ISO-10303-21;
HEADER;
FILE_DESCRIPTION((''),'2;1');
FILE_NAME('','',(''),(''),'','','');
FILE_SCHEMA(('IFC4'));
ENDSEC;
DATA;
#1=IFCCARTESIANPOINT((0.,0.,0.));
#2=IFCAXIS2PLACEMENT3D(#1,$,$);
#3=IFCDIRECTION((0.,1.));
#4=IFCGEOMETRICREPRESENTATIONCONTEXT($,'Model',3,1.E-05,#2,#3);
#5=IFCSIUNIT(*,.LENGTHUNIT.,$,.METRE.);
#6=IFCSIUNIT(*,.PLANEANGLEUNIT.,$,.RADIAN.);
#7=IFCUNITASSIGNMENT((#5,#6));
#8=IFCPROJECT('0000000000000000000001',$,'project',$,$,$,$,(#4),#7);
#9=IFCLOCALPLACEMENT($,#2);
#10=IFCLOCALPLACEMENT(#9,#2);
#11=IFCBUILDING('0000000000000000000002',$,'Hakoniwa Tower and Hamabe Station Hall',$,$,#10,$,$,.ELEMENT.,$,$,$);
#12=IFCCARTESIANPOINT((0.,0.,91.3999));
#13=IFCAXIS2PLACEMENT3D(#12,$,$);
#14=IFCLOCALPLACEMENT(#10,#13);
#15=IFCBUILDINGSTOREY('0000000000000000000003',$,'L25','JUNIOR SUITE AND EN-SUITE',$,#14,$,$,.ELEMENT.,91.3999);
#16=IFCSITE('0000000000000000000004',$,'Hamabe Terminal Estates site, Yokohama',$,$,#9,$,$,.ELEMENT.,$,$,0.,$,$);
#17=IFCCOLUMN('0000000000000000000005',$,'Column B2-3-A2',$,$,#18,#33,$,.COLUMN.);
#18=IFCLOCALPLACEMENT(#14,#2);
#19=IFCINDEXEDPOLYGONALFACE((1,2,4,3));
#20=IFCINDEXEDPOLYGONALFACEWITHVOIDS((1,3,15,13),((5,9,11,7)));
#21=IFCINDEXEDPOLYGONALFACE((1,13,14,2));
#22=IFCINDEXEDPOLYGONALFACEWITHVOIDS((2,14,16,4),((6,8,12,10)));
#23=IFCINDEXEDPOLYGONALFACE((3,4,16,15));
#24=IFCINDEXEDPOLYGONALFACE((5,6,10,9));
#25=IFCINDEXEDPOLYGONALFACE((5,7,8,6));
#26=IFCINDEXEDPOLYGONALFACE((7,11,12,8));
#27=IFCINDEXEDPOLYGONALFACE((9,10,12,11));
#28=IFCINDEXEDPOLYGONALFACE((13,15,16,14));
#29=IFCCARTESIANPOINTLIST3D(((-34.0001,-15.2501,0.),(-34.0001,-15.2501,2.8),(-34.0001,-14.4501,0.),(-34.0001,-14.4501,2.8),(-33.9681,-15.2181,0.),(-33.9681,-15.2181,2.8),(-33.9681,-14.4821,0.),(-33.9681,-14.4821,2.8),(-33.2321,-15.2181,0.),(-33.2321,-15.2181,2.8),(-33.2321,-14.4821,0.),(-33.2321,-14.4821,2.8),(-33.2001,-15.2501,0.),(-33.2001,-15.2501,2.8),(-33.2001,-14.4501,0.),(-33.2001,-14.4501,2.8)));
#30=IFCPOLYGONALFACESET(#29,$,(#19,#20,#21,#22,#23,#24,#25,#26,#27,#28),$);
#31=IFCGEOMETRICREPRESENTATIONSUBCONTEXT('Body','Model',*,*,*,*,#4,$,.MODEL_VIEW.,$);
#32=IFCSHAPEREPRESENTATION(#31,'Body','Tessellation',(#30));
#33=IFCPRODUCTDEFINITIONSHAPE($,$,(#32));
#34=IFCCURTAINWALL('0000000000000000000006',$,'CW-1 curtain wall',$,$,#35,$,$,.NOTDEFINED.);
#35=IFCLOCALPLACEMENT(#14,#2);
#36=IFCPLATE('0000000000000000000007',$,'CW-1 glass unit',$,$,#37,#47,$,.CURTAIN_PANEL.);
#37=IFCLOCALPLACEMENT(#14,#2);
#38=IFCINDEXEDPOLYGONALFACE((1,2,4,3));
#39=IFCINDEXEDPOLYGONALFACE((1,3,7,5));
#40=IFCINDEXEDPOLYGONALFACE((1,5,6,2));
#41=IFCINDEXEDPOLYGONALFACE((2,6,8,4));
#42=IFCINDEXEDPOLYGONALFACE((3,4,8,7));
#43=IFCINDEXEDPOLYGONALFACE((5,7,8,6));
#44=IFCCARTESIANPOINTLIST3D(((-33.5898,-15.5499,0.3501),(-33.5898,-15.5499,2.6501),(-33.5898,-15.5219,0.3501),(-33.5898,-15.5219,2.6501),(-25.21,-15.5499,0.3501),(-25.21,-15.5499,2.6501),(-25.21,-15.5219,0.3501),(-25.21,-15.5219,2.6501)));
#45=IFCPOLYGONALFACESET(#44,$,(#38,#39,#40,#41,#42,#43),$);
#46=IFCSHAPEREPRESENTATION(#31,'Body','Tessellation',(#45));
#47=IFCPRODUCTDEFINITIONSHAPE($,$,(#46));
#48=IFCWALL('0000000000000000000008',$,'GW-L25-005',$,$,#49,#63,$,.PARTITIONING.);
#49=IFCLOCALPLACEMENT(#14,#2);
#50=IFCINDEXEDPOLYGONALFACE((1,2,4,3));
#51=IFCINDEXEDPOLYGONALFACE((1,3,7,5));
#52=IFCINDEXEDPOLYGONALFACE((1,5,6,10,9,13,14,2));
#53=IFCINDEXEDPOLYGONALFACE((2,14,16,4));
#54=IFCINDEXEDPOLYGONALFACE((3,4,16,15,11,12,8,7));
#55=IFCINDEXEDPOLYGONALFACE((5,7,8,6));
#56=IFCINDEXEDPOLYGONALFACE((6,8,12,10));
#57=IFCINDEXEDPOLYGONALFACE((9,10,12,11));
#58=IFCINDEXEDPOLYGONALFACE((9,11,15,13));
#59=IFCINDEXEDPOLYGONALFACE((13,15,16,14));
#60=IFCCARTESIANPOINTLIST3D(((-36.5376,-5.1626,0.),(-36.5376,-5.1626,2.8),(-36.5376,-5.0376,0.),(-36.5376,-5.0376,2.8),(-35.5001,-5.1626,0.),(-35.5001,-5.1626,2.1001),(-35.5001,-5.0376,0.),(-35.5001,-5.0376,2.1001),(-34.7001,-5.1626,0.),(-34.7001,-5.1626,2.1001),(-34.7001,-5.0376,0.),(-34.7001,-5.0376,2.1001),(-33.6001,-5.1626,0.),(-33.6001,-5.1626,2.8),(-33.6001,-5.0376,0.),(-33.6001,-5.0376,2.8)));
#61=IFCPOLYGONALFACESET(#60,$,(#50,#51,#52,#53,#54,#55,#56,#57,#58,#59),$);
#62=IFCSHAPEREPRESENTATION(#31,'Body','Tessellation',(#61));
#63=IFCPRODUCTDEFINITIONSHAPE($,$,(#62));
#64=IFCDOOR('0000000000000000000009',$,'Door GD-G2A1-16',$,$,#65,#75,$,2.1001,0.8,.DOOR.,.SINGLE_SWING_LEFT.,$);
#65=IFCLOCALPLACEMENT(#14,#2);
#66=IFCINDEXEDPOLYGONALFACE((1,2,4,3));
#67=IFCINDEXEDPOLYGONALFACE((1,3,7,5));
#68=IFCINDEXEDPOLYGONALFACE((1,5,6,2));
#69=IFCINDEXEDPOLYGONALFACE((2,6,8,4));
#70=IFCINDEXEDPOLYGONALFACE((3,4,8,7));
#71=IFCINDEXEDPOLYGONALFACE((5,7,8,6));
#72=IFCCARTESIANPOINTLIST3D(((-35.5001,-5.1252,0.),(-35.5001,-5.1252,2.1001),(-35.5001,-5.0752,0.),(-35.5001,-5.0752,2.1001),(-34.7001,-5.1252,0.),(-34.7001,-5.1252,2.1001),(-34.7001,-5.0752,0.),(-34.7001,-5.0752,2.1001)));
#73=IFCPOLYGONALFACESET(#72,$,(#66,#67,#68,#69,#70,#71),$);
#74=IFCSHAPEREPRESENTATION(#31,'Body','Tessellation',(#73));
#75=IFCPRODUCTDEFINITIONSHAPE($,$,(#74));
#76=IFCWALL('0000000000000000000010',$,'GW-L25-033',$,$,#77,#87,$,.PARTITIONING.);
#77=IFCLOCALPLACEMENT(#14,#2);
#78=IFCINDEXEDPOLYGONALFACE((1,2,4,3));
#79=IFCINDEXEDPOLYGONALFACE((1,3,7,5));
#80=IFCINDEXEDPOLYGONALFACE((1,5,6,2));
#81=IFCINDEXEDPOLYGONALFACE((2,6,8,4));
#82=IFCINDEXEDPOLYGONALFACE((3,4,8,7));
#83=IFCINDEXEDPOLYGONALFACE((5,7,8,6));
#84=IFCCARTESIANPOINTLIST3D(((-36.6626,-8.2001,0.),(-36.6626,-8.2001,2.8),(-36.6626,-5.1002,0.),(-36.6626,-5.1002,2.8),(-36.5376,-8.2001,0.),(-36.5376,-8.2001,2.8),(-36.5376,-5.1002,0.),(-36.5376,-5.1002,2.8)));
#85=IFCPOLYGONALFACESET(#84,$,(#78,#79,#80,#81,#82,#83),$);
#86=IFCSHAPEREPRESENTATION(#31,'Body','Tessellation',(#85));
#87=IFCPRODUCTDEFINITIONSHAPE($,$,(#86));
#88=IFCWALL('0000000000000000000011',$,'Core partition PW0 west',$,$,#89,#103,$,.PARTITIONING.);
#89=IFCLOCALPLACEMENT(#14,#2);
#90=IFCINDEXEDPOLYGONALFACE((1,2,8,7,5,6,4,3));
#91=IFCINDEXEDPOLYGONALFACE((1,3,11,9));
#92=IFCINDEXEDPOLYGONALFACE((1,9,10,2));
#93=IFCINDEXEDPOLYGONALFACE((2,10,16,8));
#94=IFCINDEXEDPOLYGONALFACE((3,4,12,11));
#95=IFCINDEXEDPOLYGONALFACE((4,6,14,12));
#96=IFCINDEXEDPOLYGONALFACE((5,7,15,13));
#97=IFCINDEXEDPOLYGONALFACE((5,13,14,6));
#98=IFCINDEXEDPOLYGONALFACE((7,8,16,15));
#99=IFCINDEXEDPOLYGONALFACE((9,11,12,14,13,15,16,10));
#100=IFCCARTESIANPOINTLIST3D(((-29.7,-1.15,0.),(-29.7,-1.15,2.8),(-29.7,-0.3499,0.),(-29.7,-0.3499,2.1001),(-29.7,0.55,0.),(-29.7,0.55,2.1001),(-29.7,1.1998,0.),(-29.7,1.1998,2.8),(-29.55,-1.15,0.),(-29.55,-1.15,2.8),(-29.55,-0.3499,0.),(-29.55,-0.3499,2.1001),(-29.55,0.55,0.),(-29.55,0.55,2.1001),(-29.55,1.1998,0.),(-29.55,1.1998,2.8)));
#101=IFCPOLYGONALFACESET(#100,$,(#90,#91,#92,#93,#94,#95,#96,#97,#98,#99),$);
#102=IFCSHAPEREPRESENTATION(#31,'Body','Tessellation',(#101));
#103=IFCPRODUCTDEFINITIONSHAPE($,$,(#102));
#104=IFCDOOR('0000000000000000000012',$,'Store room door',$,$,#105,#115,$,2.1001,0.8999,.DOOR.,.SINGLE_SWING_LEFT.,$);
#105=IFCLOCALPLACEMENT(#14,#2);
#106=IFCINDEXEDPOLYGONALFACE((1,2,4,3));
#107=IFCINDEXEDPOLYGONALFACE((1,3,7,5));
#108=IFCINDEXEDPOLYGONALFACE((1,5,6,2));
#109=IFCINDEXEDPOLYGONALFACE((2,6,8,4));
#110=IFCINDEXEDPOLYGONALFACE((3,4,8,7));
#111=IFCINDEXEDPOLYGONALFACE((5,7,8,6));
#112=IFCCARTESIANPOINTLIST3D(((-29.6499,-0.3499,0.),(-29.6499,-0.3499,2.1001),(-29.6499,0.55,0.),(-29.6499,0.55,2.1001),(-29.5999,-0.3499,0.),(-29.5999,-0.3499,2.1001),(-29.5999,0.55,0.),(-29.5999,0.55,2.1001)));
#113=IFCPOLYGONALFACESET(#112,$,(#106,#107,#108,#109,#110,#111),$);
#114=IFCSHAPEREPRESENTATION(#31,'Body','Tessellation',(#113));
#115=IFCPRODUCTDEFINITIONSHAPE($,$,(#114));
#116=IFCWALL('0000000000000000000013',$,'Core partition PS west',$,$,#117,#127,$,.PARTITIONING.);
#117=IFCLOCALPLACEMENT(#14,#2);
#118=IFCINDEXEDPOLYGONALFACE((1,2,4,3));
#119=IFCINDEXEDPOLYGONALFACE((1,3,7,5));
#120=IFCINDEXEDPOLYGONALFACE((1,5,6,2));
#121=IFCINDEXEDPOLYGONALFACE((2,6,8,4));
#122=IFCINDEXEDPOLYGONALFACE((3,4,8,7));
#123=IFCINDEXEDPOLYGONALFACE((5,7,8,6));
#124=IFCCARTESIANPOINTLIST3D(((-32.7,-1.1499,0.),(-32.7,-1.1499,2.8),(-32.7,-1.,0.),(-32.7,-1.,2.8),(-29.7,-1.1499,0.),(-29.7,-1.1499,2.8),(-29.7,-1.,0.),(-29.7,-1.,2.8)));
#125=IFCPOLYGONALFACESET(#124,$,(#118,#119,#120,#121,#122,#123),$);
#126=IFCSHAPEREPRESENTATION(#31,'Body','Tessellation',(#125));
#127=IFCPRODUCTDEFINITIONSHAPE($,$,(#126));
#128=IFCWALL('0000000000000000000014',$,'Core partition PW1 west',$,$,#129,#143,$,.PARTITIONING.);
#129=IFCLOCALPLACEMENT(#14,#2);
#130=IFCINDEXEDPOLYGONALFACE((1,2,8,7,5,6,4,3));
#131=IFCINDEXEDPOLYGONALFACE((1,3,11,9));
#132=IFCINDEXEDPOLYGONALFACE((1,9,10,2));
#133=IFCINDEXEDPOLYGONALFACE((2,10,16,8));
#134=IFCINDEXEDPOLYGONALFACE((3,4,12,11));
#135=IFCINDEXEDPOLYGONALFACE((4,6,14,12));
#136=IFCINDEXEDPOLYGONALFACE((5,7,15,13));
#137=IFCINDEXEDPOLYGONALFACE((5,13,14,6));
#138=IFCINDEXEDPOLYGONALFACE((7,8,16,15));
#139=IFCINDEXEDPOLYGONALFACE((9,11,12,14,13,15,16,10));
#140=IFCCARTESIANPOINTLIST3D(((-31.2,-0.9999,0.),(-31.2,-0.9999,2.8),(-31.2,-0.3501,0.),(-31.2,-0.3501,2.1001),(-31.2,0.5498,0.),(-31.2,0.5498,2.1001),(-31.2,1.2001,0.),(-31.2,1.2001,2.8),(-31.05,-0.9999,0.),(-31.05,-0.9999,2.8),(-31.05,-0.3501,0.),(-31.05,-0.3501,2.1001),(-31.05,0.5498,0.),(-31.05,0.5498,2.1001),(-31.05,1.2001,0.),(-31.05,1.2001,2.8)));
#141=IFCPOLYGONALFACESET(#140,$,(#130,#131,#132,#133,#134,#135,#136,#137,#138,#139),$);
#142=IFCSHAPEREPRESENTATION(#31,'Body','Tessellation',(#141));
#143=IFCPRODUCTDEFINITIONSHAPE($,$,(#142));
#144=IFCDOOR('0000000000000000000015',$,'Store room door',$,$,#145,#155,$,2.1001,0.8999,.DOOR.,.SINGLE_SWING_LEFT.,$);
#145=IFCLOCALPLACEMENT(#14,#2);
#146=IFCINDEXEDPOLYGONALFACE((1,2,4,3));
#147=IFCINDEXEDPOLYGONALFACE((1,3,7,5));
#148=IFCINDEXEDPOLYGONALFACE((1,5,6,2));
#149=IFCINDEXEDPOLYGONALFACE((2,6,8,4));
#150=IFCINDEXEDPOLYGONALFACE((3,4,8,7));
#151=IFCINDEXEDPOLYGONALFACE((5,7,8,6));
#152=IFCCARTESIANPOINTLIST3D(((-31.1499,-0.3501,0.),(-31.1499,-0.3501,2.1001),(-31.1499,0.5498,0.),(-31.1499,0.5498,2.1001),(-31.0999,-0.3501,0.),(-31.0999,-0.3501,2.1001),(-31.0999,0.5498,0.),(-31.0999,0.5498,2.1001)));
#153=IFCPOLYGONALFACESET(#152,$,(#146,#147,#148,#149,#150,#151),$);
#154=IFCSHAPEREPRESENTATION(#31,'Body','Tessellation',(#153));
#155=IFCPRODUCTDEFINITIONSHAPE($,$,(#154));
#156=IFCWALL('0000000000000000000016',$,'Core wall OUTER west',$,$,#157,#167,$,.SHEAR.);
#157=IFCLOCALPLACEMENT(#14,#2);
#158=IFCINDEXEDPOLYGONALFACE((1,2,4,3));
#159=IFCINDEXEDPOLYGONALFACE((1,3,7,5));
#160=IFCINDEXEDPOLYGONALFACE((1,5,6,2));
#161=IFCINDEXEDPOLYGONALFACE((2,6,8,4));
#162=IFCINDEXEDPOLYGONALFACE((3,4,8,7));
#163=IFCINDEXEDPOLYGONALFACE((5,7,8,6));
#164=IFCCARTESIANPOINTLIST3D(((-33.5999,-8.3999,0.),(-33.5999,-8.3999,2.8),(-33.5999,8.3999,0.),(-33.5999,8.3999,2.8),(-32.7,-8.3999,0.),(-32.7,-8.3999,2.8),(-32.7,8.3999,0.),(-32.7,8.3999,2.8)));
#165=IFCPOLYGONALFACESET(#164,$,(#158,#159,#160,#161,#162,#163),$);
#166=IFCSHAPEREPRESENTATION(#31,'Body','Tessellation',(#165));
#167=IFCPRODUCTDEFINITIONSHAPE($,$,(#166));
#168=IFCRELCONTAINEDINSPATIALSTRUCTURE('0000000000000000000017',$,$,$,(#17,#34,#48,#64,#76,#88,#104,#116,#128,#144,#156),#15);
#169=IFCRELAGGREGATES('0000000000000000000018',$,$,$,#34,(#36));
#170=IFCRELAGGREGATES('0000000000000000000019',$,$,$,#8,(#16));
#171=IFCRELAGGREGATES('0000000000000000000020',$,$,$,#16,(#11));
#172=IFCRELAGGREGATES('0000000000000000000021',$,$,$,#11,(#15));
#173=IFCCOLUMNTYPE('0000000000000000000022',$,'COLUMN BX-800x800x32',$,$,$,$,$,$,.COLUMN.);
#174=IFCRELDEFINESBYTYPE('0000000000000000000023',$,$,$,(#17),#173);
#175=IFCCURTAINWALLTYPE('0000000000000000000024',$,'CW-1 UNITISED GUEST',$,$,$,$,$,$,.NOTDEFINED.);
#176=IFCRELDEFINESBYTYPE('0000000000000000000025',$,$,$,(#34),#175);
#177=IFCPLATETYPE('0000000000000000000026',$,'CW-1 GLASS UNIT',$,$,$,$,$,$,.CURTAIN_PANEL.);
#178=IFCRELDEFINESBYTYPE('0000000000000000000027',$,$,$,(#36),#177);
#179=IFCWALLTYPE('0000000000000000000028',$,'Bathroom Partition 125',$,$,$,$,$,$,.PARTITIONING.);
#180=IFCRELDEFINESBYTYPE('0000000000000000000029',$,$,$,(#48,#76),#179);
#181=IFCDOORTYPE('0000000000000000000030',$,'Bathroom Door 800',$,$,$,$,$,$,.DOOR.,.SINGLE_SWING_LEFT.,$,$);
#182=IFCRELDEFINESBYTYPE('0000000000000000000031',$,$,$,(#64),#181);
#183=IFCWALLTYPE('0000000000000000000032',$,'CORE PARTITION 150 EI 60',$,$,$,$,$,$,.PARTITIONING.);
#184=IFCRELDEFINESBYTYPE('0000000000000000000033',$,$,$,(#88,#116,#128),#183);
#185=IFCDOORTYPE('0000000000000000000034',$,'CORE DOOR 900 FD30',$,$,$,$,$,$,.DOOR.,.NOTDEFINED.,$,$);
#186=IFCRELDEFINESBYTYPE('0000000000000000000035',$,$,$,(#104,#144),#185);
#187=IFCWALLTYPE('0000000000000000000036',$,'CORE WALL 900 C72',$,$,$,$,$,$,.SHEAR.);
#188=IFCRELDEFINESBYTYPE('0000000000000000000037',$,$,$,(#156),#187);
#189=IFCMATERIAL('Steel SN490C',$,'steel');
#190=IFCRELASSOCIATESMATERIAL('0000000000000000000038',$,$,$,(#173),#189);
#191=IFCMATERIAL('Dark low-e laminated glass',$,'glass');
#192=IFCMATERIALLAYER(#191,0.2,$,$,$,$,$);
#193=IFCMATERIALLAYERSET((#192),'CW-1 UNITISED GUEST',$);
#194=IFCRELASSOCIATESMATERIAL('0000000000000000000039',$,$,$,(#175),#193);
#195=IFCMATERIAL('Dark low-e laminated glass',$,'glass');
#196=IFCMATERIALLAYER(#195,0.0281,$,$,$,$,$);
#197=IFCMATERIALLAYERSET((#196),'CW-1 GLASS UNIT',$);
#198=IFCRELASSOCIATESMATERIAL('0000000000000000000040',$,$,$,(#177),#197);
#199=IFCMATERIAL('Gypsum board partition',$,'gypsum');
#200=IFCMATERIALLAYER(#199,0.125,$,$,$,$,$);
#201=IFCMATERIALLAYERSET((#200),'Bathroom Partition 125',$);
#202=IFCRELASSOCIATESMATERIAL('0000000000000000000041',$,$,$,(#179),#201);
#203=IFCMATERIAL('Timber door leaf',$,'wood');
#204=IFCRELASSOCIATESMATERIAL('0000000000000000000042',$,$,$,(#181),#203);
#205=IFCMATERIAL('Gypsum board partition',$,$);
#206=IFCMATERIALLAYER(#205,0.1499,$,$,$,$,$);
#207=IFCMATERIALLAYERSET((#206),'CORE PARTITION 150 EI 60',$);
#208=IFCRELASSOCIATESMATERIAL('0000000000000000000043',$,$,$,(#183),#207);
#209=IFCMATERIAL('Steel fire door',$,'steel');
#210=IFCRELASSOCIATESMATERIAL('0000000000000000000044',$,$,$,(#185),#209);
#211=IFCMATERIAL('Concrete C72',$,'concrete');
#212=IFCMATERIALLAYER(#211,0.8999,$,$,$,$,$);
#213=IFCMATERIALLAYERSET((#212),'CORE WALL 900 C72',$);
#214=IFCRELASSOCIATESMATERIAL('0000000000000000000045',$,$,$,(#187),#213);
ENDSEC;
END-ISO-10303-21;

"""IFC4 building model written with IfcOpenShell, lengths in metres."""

from ifc_helpers import new_model, si_unit, direction, frame, frame_2d, origin, origin_2d, place, context, subcontext, project, spatial, rectangle, hollow_rectangle, extrude, material, layer, layer_set, material_profile, profile_set, type_object, element, fill, aggregate, save


model = new_model("IFC4")

# Units and contexts
model_context = context("Model", 3, precision=1e-05, world=origin(), true_north=direction((0.0, 1.0)))
body_context = subcontext(model_context, "Body", "Model", "MODEL_VIEW")
ifc_project = project(units=[si_unit("LENGTHUNIT", "METRE"), si_unit("PLANEANGLEUNIT", "RADIAN")], contexts=[model_context])

# Site, building, storey
site_placement = place(None, origin())
site = spatial("IfcSite", under=ifc_project, at=site_placement, Name="Hamabe Terminal Estates site, Yokohama", CompositionType="ELEMENT", RefElevation=0.0)
building_placement = place(site_placement, origin())
building = spatial("IfcBuilding", under=site, at=building_placement, Name="Hakoniwa Tower and Hamabe Station Hall", CompositionType="ELEMENT")
storey_placement = place(building_placement, frame((0.0, 0.0, 91.3999)))
storey = spatial("IfcBuildingStorey", under=building, at=storey_placement, Name="L25", Description="JUNIOR SUITE AND EN-SUITE", CompositionType="ELEMENT", Elevation=91.3999)

# Column
ifc_material_1 = material(Name="Steel SN490C", Category="steel")
ifc_material_profile = material_profile(ifc_material_1, hollow_rectangle(XDim=0.8, YDim=0.8, WallThickness=0.032, at=origin_2d()), Name="BX-800x800x32")
ifc_profile_set = profile_set([ifc_material_profile], Name="Steel SN490C")
column_type = type_object("IfcColumnType", Name="COLUMN BX-800x800x32", PredefinedType="COLUMN", material=ifc_profile_set)
column_placement = place(storey_placement, frame((-33.6001, -14.8501, 0.0), z_axis=(0.0, 0.0, 1.0), x_axis=(1.0, 0.0, 0.0)))
element("IfcColumn", 1, at=column_placement, inside=storey, type_object=column_type, Name="Column B2-3-A2", PredefinedType="COLUMN", context=body_context, shape_type="SweptSolid", body=[
    extrude(hollow_rectangle(XDim=0.8, YDim=0.8, WallThickness=0.032, at=origin_2d()), origin(), (0.0, 0.0, 1.0), 2.8),
])

# Curtain wall, plate
ifc_material_2 = material(Name="Dark low-e laminated glass", Category="glass")
ifc_layer_1 = layer(ifc_material_2, 0.2)
ifc_layer_set_1 = layer_set([ifc_layer_1], Name="CW-1 UNITISED GUEST")
curtain_wall_type = type_object("IfcCurtainWallType", Name="CW-1 UNITISED GUEST", PredefinedType="NOTDEFINED", material=ifc_layer_set_1)
curtain_wall_placement = place(storey_placement, origin())
curtain_wall = element("IfcCurtainWall", 2, at=curtain_wall_placement, inside=storey, type_object=curtain_wall_type, Name="CW-1 curtain wall", PredefinedType="NOTDEFINED")
ifc_material_3 = material(Name="Dark low-e laminated glass", Category="glass")
ifc_layer_2 = layer(ifc_material_3, 0.0281)
ifc_layer_set_2 = layer_set([ifc_layer_2], Name="CW-1 GLASS UNIT")
plate_type = type_object("IfcPlateType", Name="CW-1 GLASS UNIT", PredefinedType="CURTAIN_PANEL", material=ifc_layer_set_2)
plate_placement = place(storey_placement, frame((-29.3999, -15.5359, 0.3501), z_axis=(0.0, 0.0, 1.0), x_axis=(1.0, 0.0, 0.0)))
plate = element("IfcPlate", 3, at=plate_placement, type_object=plate_type, Name="CW-1 glass unit", PredefinedType="CURTAIN_PANEL", context=body_context, shape_type="SweptSolid", body=[
    extrude(rectangle(XDim=8.3799, YDim=0.0281, at=origin_2d()), origin(), (0.0, 0.0, 1.0), 2.3),
])
aggregate(curtain_wall, [plate])

# Wall, opening, door
ifc_material_4 = material(Name="Gypsum board partition", Category="gypsum")
ifc_layer_3 = layer(ifc_material_4, 0.125)
ifc_layer_set_3 = layer_set([ifc_layer_3], Name="Bathroom Partition 125")
wall_type_1 = type_object("IfcWallType", Name="Bathroom Partition 125", PredefinedType="PARTITIONING", material=ifc_layer_set_3)
wall_1_placement = place(storey_placement, frame((-36.5376, -5.1001, 0.0), z_axis=(0.0, 0.0, 1.0), x_axis=(1.0, 0.0, 0.0)))
wall_1 = element("IfcWall", 4, at=wall_1_placement, inside=storey, type_object=wall_type_1, Name="GW-L25-005", PredefinedType="PARTITIONING", context=body_context, shape_type="SweptSolid", body=[
    extrude(rectangle(XDim=2.9375, YDim=0.125, at=frame_2d((1.4688, 0.0))), origin(), (0.0, 0.0, 1.0), 2.8),
])
opening_1_placement = place(wall_1_placement, frame((1.0376, 0.0, 0.0)))
opening_1 = element("IfcOpeningElement", 5, at=opening_1_placement, cuts=wall_1, PredefinedType="OPENING", context=body_context, shape_type="SweptSolid", body=[
    extrude(rectangle(XDim=0.8, YDim=2.1001, at=frame_2d((0.3999, 1.05))), frame((0.0, 0.0725, 0.0), z_axis=(0.0, -1.0, 0.0), x_axis=(1.0, 0.0, 0.0)), (0.0, 0.0, 1.0), 0.145),
])
ifc_material_5 = material(Name="Timber door leaf", Category="wood")
door_type_1 = type_object("IfcDoorType", Name="Bathroom Door 800", OperationType="SINGLE_SWING_LEFT", PredefinedType="DOOR", material=ifc_material_5)
door_1_placement = place(opening_1_placement, origin())
door_1 = element("IfcDoor", 6, at=door_1_placement, inside=storey, type_object=door_type_1, Name="Door GD-G2A1-16", OperationType="SINGLE_SWING_LEFT", OverallHeight=2.1001, OverallWidth=0.8, PredefinedType="DOOR", context=body_context, shape_type="SweptSolid", body=[
    extrude(rectangle(XDim=0.8, YDim=2.1001, at=frame_2d((0.3999, 1.05))), frame((0.0, 0.0249, 0.0), z_axis=(0.0, -1.0, 0.0), x_axis=(1.0, 0.0, 0.0)), (0.0, 0.0, 1.0), 0.05),
])
fill(opening_1, door_1)

# Wall
wall_2_placement = place(storey_placement, frame((-36.6001, -8.2, 0.0), z_axis=(0.0, 0.0, 1.0), x_axis=(0.0, 1.0, 0.0)))
element("IfcWall", 7, at=wall_2_placement, inside=storey, type_object=wall_type_1, Name="GW-L25-033", PredefinedType="PARTITIONING", context=body_context, shape_type="SweptSolid", body=[
    extrude(rectangle(XDim=3.0999, YDim=0.125, at=frame_2d((1.5498, 0.0))), origin(), (0.0, 0.0, 1.0), 2.8),
])

# Wall, opening, door
ifc_material_6 = material(Name="Gypsum board partition")
ifc_layer_4 = layer(ifc_material_6, 0.1499)
ifc_layer_set_4 = layer_set([ifc_layer_4], Name="CORE PARTITION 150 EI 60")
wall_type_2 = type_object("IfcWallType", Name="CORE PARTITION 150 EI 60", PredefinedType="PARTITIONING", material=ifc_layer_set_4)
wall_3_placement = place(storey_placement, frame((-29.625, -1.1499, 0.0), z_axis=(0.0, 0.0, 1.0), x_axis=(0.0, 1.0, 0.0)))
wall_3 = element("IfcWall", 8, at=wall_3_placement, inside=storey, type_object=wall_type_2, Name="Core partition PW0 west", PredefinedType="PARTITIONING", context=body_context, shape_type="SweptSolid", body=[
    extrude(rectangle(XDim=2.3499, YDim=0.1499, at=frame_2d((1.1748, 0.0))), origin(), (0.0, 0.0, 1.0), 2.8),
])
opening_2_placement = place(wall_3_placement, frame((0.8, 0.0, 0.0)))
opening_2 = element("IfcOpeningElement", 9, at=opening_2_placement, cuts=wall_3, PredefinedType="OPENING", context=body_context, shape_type="SweptSolid", body=[
    extrude(rectangle(XDim=0.8999, YDim=2.1001, at=frame_2d((0.45, 1.05))), frame((0.0, 0.085, 0.0), z_axis=(0.0, -1.0, 0.0), x_axis=(1.0, 0.0, 0.0)), (0.0, 0.0, 1.0), 0.1699),
])
ifc_material_7 = material(Name="Steel fire door", Category="steel")
door_type_2 = type_object("IfcDoorType", Name="CORE DOOR 900 FD30", OperationType="NOTDEFINED", PredefinedType="DOOR", material=ifc_material_7)
door_2_placement = place(opening_2_placement, origin())
door_2 = element("IfcDoor", 10, at=door_2_placement, inside=storey, type_object=door_type_2, Name="Store room door", OperationType="SINGLE_SWING_LEFT", OverallHeight=2.1001, OverallWidth=0.8999, PredefinedType="DOOR", context=body_context, shape_type="SweptSolid", body=[
    extrude(rectangle(XDim=0.8999, YDim=2.1001, at=frame_2d((0.45, 1.05))), frame((0.0, 0.0249, 0.0), z_axis=(0.0, -1.0, 0.0), x_axis=(1.0, 0.0, 0.0)), (0.0, 0.0, 1.0), 0.05),
])
fill(opening_2, door_2)

# Wall
wall_4_placement = place(storey_placement, frame((-32.7, -1.075, 0.0), z_axis=(0.0, 0.0, 1.0), x_axis=(1.0, 0.0, 0.0)))
element("IfcWall", 11, at=wall_4_placement, inside=storey, type_object=wall_type_2, Name="Core partition PS west", PredefinedType="PARTITIONING", context=body_context, shape_type="SweptSolid", body=[
    extrude(rectangle(XDim=3.0, YDim=0.1499, at=frame_2d((1.5, 0.0))), origin(), (0.0, 0.0, 1.0), 2.8),
])

# Wall, opening, door
wall_5_placement = place(storey_placement, frame((-31.125, -1.0, 0.0), z_axis=(0.0, 0.0, 1.0), x_axis=(0.0, 1.0, 0.0)))
wall_5 = element("IfcWall", 12, at=wall_5_placement, inside=storey, type_object=wall_type_2, Name="Core partition PW1 west", PredefinedType="PARTITIONING", context=body_context, shape_type="SweptSolid", body=[
    extrude(rectangle(XDim=2.2, YDim=0.1499, at=frame_2d((1.1001, 0.0))), origin(), (0.0, 0.0, 1.0), 2.8),
])
opening_3_placement = place(wall_5_placement, frame((0.6499, 0.0, 0.0)))
opening_3 = element("IfcOpeningElement", 13, at=opening_3_placement, cuts=wall_5, PredefinedType="OPENING", context=body_context, shape_type="SweptSolid", body=[
    extrude(rectangle(XDim=0.8999, YDim=2.1001, at=frame_2d((0.45, 1.05))), frame((0.0, 0.085, 0.0), z_axis=(0.0, -1.0, 0.0), x_axis=(1.0, 0.0, 0.0)), (0.0, 0.0, 1.0), 0.1699),
])
door_3_placement = place(opening_3_placement, origin())
door_3 = element("IfcDoor", 14, at=door_3_placement, inside=storey, type_object=door_type_2, Name="Store room door", OperationType="SINGLE_SWING_LEFT", OverallHeight=2.1001, OverallWidth=0.8999, PredefinedType="DOOR", context=body_context, shape_type="SweptSolid", body=[
    extrude(rectangle(XDim=0.8999, YDim=2.1001, at=frame_2d((0.45, 1.05))), frame((0.0, 0.0249, 0.0), z_axis=(0.0, -1.0, 0.0), x_axis=(1.0, 0.0, 0.0)), (0.0, 0.0, 1.0), 0.05),
])
fill(opening_3, door_3)

# Wall
ifc_material_8 = material(Name="Concrete C72", Category="concrete")
ifc_layer_5 = layer(ifc_material_8, 0.8999)
ifc_layer_set_5 = layer_set([ifc_layer_5], Name="CORE WALL 900 C72")
wall_type_3 = type_object("IfcWallType", Name="CORE WALL 900 C72", PredefinedType="SHEAR", material=ifc_layer_set_5)
wall_6_placement = place(storey_placement, frame((-33.1499, -8.3999, 0.0), z_axis=(0.0, 0.0, 1.0), x_axis=(0.0, 1.0, 0.0)))
element("IfcWall", 15, at=wall_6_placement, inside=storey, type_object=wall_type_3, Name="Core wall OUTER west", PredefinedType="SHEAR", context=body_context, shape_type="SweptSolid", body=[
    extrude(rectangle(XDim=16.7998, YDim=0.8999, at=frame_2d((8.3999, 0.0))), origin(), (0.0, 0.0, 1.0), 2.8),
])

save(model, "model.ifc")
